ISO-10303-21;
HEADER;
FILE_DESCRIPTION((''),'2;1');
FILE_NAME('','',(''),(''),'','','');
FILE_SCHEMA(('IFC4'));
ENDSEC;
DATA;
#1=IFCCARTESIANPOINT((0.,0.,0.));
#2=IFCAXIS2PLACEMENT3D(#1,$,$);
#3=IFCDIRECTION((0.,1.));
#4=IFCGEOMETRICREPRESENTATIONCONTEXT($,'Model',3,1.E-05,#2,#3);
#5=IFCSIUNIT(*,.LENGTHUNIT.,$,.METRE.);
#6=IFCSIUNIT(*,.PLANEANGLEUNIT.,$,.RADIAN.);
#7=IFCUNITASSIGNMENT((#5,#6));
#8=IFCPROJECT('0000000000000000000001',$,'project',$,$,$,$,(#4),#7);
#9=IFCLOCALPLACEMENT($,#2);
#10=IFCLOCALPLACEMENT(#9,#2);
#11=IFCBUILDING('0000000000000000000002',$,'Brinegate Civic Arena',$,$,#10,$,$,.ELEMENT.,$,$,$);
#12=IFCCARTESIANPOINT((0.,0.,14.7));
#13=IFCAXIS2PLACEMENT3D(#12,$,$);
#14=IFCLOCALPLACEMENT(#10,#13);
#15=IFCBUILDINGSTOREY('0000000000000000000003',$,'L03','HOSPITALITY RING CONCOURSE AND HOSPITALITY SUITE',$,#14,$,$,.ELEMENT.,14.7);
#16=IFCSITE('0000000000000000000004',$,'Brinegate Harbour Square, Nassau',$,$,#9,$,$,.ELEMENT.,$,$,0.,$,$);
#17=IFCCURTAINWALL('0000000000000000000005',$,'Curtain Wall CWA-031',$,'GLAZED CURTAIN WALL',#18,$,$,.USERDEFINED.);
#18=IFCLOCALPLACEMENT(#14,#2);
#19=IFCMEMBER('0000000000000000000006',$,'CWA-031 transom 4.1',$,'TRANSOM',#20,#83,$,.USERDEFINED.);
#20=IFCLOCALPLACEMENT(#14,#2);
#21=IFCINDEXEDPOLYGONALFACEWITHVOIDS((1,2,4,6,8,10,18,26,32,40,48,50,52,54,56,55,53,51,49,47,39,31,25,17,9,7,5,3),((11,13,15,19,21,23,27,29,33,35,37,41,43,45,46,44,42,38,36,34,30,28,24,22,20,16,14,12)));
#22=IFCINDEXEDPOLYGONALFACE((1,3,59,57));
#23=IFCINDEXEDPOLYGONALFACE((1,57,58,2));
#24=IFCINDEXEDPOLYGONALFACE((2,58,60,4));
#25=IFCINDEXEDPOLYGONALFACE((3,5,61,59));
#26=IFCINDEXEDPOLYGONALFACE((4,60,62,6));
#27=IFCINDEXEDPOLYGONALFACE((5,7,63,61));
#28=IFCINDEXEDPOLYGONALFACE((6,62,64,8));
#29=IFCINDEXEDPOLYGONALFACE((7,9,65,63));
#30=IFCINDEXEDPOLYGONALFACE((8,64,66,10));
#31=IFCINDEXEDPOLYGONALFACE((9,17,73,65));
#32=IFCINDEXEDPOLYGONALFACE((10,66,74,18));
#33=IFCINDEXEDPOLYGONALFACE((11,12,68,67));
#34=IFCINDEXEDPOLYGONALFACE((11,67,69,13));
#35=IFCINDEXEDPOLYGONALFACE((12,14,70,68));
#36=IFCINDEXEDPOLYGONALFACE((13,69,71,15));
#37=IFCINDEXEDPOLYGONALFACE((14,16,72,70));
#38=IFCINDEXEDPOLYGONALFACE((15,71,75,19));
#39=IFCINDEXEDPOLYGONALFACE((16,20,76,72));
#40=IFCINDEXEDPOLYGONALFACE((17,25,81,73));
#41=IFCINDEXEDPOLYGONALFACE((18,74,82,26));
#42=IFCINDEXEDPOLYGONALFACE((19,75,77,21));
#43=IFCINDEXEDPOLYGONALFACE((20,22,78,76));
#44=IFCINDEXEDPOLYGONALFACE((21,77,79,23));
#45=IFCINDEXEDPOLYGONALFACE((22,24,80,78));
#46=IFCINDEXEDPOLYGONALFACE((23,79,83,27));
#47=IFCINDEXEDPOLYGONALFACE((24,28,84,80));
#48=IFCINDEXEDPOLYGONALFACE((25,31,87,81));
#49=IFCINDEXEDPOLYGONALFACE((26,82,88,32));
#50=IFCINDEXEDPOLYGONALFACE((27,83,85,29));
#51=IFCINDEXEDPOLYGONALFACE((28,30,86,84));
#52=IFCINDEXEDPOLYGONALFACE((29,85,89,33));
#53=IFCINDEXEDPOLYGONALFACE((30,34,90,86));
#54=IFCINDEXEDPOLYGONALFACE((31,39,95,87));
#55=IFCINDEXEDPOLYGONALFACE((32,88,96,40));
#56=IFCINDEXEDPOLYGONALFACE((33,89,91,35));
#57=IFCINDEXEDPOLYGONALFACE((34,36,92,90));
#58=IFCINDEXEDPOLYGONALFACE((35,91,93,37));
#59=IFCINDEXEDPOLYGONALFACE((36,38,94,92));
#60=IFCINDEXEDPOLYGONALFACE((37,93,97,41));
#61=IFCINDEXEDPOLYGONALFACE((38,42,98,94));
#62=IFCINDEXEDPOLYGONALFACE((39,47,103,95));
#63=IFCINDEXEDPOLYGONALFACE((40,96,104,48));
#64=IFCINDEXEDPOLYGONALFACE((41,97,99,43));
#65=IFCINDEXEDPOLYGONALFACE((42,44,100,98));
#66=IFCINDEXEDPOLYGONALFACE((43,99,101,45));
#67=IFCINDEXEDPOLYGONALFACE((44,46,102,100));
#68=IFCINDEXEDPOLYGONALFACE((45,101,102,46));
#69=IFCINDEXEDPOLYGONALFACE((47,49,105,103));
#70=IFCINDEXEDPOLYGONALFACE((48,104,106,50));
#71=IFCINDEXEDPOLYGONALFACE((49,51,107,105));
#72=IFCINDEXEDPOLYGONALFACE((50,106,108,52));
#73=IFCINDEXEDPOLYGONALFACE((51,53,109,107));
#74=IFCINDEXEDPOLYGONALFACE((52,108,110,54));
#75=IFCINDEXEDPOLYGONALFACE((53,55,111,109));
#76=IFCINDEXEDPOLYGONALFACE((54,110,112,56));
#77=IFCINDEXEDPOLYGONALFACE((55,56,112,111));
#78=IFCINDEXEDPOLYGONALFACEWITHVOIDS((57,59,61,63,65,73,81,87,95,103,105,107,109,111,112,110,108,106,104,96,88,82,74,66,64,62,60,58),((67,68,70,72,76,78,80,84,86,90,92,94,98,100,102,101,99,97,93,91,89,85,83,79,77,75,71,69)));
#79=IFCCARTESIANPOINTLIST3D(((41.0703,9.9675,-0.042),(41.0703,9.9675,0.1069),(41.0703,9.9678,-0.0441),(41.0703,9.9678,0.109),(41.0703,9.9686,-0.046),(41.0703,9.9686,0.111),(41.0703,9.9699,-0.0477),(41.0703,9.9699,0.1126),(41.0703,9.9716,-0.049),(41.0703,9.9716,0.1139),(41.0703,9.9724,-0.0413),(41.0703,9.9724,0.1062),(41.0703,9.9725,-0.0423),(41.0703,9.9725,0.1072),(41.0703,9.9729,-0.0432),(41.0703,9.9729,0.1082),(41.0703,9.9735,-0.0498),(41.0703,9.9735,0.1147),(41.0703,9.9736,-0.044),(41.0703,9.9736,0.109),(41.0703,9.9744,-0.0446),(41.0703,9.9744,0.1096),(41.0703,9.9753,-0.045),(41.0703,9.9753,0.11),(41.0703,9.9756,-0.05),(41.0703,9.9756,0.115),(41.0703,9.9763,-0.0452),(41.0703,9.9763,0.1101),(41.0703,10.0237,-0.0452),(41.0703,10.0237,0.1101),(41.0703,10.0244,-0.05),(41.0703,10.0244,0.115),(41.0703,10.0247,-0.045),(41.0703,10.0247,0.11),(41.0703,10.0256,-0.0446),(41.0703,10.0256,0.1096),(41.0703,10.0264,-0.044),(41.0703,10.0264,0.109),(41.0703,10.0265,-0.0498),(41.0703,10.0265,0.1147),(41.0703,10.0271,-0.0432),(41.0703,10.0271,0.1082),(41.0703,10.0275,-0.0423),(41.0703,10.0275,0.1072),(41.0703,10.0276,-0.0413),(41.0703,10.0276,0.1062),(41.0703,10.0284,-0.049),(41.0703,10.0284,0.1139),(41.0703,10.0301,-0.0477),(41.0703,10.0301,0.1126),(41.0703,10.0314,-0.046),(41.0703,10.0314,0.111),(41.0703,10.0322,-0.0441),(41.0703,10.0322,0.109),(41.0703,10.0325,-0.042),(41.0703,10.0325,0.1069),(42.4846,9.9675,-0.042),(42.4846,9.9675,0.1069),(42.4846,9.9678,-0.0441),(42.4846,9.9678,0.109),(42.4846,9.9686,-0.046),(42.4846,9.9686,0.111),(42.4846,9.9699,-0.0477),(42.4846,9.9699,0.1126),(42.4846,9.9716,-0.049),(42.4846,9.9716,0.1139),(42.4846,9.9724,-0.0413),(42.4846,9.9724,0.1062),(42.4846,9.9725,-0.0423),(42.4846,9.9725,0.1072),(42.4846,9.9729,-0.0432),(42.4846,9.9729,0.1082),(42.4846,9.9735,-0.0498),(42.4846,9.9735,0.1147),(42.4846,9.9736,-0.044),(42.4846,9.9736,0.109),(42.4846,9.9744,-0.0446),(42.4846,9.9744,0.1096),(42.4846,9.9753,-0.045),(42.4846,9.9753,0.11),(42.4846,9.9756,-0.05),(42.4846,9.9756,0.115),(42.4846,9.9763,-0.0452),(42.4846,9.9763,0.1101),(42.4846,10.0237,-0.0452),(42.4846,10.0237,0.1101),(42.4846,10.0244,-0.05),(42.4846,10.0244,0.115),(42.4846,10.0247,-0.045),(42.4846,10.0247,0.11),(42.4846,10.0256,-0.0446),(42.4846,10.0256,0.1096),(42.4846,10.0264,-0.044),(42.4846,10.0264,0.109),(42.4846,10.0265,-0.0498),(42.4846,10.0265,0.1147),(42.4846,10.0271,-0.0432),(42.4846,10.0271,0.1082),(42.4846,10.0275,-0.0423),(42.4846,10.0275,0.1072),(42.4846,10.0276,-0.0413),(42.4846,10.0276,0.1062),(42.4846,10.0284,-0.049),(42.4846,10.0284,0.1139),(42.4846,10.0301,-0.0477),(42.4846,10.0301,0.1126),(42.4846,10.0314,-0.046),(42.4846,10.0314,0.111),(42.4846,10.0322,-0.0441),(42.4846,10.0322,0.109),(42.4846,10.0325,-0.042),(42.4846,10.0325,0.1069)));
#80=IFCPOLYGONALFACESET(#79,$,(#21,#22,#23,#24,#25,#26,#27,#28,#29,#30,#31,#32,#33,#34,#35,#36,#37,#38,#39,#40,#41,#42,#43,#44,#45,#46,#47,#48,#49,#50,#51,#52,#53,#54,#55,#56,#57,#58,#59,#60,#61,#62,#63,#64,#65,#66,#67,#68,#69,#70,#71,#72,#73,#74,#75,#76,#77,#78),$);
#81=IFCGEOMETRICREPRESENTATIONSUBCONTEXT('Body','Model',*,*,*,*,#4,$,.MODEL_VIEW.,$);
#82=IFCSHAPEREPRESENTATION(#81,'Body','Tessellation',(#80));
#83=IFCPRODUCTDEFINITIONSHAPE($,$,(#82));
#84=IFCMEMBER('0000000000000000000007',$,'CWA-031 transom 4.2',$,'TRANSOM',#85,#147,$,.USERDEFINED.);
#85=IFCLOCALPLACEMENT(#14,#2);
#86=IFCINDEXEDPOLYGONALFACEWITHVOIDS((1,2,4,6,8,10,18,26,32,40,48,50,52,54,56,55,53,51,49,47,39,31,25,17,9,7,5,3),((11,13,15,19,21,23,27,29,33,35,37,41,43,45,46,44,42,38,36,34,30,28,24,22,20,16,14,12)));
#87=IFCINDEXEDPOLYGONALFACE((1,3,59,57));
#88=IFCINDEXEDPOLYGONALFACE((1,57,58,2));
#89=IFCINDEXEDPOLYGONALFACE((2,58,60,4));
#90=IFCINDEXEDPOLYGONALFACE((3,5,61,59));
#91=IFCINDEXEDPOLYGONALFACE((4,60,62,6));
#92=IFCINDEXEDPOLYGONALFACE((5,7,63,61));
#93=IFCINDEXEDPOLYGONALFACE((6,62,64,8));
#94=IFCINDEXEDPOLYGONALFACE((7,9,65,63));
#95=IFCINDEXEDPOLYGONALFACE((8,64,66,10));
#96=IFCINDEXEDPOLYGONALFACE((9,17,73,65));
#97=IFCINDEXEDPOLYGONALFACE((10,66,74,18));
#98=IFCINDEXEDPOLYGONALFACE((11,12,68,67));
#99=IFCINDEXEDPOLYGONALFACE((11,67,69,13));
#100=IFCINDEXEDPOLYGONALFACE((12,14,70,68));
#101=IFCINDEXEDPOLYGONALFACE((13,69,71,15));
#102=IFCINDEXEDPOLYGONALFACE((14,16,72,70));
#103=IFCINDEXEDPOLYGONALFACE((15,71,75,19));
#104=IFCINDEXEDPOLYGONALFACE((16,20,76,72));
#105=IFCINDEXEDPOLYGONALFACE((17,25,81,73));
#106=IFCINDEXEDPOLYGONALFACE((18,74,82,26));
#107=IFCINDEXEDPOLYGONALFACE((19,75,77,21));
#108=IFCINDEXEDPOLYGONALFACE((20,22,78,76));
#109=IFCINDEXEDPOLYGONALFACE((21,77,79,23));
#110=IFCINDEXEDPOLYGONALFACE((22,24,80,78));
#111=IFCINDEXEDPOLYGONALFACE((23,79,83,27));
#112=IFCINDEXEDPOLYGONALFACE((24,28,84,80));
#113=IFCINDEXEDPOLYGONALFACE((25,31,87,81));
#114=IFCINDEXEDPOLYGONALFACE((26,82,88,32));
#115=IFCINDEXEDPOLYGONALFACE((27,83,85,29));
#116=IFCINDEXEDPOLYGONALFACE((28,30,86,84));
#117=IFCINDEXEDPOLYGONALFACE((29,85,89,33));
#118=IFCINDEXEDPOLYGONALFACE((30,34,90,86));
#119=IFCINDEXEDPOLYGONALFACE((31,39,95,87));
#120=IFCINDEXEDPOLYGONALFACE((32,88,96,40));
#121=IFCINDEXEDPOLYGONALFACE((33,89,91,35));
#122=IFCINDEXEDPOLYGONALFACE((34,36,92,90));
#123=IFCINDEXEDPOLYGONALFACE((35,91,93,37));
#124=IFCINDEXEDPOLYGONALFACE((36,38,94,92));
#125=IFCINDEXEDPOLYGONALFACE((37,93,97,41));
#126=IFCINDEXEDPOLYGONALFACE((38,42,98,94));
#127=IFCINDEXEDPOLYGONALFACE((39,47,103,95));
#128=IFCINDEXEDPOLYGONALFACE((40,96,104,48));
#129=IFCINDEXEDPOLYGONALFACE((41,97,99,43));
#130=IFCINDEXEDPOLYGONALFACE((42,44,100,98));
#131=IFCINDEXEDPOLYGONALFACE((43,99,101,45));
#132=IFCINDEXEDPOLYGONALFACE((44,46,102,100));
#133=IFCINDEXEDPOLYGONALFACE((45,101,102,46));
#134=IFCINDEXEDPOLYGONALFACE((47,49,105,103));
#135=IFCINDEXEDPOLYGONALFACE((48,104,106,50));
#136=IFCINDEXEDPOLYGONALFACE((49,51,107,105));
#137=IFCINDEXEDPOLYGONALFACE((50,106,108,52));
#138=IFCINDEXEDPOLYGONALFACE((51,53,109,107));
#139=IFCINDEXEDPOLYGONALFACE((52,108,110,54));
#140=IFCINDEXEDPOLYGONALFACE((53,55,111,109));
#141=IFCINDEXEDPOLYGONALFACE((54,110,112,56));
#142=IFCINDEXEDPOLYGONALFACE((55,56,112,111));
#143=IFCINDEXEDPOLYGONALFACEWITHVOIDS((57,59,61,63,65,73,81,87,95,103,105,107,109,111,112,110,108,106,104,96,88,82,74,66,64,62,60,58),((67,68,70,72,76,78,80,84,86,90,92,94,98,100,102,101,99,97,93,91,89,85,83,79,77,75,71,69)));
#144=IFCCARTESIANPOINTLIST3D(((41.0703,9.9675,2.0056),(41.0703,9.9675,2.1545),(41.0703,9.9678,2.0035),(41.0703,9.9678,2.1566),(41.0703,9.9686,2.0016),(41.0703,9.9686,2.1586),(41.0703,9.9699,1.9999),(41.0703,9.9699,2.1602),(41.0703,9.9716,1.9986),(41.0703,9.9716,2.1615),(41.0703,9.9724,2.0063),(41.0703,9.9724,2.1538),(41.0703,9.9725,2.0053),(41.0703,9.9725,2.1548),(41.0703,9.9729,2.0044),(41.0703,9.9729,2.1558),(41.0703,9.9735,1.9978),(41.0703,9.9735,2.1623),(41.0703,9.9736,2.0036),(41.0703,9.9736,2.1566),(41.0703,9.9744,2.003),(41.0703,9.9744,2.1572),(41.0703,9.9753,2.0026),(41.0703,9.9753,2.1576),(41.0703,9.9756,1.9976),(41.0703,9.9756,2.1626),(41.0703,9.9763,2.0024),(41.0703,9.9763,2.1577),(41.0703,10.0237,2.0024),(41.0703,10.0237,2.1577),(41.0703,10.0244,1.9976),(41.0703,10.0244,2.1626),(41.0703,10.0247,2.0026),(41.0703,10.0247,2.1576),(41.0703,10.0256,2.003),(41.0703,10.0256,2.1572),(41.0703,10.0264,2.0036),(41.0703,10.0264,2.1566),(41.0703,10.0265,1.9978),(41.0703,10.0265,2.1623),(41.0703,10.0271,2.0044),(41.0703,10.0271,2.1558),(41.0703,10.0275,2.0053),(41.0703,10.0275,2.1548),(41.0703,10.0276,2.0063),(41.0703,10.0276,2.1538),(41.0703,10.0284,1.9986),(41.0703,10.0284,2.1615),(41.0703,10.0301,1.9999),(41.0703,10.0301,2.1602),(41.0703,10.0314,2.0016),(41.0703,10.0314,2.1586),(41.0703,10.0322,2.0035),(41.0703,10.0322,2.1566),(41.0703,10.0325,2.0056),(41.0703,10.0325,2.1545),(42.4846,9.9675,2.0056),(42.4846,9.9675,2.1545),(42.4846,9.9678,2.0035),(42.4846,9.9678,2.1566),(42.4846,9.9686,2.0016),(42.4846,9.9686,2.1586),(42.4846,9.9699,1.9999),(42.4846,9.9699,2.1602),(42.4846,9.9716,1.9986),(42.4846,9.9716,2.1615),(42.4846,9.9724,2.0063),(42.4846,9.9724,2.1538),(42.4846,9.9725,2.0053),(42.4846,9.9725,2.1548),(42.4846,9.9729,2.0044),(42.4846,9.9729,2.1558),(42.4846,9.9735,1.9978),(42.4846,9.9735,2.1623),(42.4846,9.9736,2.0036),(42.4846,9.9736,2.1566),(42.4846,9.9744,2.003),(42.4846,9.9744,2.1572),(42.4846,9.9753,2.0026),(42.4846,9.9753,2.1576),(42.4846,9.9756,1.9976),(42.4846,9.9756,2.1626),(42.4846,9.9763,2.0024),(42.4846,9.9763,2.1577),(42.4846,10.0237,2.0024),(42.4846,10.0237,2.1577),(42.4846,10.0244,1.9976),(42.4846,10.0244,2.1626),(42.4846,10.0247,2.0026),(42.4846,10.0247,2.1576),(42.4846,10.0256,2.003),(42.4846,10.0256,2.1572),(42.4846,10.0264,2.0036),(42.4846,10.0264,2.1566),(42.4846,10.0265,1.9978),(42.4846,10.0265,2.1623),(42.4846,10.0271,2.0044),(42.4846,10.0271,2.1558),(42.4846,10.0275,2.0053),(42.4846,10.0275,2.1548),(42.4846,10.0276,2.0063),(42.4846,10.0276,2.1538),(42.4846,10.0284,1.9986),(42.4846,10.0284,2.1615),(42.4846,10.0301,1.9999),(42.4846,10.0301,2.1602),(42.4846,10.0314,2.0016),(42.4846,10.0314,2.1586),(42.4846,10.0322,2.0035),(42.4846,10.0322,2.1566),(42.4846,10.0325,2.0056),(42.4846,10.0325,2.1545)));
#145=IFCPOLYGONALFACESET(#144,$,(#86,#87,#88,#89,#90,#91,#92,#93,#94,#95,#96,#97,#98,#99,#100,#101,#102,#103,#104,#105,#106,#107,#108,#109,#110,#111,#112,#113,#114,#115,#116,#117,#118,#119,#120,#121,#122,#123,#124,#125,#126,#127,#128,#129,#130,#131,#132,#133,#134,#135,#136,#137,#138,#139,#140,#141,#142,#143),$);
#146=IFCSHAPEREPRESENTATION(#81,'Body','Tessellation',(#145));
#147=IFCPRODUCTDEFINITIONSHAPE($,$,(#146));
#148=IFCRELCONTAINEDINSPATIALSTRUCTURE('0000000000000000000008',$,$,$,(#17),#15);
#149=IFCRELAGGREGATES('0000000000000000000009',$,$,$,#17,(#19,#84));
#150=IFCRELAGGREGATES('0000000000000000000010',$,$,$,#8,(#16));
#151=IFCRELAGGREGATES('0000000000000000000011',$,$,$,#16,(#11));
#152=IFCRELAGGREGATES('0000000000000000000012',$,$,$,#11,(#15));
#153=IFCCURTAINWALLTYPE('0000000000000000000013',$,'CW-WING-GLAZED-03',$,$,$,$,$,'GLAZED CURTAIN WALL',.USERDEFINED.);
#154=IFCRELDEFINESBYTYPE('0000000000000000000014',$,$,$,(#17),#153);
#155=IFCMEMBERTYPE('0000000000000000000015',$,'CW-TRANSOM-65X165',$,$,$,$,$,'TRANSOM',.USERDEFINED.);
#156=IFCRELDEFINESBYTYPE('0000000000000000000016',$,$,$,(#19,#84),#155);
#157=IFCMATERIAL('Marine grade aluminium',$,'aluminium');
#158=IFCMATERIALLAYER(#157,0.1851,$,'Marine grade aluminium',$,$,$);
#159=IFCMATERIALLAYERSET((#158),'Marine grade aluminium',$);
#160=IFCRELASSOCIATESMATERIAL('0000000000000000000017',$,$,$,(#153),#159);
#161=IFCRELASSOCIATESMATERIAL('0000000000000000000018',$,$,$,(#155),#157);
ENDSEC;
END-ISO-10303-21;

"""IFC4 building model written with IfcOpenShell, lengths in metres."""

from ifc_helpers import new_model, si_unit, direction, frame, origin, origin_2d, place, context, subcontext, project, spatial, hollow_rectangle, extrude, material, layer, layer_set, material_profile, profile_set, type_object, element, aggregate, save


model = new_model("IFC4")

# Units and contexts
model_context = context("Model", 3, precision=1e-05, world=origin(), true_north=direction((0.0, 1.0)))
body_context = subcontext(model_context, "Body", "Model", "MODEL_VIEW")
ifc_project = project(units=[si_unit("LENGTHUNIT", "METRE"), si_unit("PLANEANGLEUNIT", "RADIAN")], contexts=[model_context])

# Site, building, storey
site_placement = place(None, origin())
site = spatial("IfcSite", under=ifc_project, at=site_placement, Name="Brinegate Harbour Square, Nassau", CompositionType="ELEMENT", RefElevation=0.0)
building_placement = place(site_placement, origin())
building = spatial("IfcBuilding", under=site, at=building_placement, Name="Brinegate Civic Arena", CompositionType="ELEMENT")
storey_placement = place(building_placement, frame((0.0, 0.0, 14.7)))
storey = spatial("IfcBuildingStorey", under=building, at=storey_placement, Name="L03", Description="HOSPITALITY RING CONCOURSE AND HOSPITALITY SUITE", CompositionType="ELEMENT", Elevation=14.7)

# Curtain wall
ifc_material_1 = material(Name="Marine grade aluminium", Category="aluminium")
ifc_layer_1 = layer(ifc_material_1, 0.1851, Name="Marine grade aluminium")
ifc_layer_set_1 = layer_set([ifc_layer_1], Name="Marine grade aluminium")
curtain_wall_type = type_object("IfcCurtainWallType", Name="CW-WING-GLAZED-03", ElementType="GLAZED CURTAIN WALL", PredefinedType="USERDEFINED", material=ifc_layer_set_1)
curtain_wall_1_placement = place(storey_placement, origin())
curtain_wall_1 = element("IfcCurtainWall", 1, at=curtain_wall_1_placement, inside=storey, type_object=curtain_wall_type, Name="Curtain Wall CWA-031", ObjectType="GLAZED CURTAIN WALL", PredefinedType="USERDEFINED")

# Members
ifc_material_profile_1 = material_profile(ifc_material_1, hollow_rectangle(XDim=0.0649, YDim=0.165, WallThickness=0.0049, InnerFilletRadius=0.0039, OuterFilletRadius=0.0081, at=origin_2d()), Name="TRN65X165")
ifc_profile_set_1 = profile_set([ifc_material_profile_1], Name="Marine grade aluminium")
member_type_1 = type_object("IfcMemberType", Name="CW-TRANSOM-65X165", ElementType="TRANSOM", PredefinedType="USERDEFINED", material=ifc_profile_set_1)
member_1_placement = place(storey_placement, frame((41.0703, 10.0, 0.0325), z_axis=(1.0, 0.0, 0.0), x_axis=(0.0, 1.0, 0.0)))
member_1 = element("IfcMember", 2, at=member_1_placement, type_object=member_type_1, Name="CWA-031 transom 4.1", ObjectType="TRANSOM", PredefinedType="USERDEFINED", context=body_context, shape_type="SweptSolid", body=[
    extrude(hollow_rectangle(XDim=0.0649, YDim=0.165, WallThickness=0.0049, InnerFilletRadius=0.0039, OuterFilletRadius=0.0081, at=origin_2d()), origin(), (0.0, 0.0, 1.0), 1.4143),
])
member_2_placement = place(storey_placement, frame((41.0703, 10.0, 2.0801), z_axis=(1.0, 0.0, 0.0), x_axis=(0.0, 1.0, 0.0)))
member_2 = element("IfcMember", 3, at=member_2_placement, type_object=member_type_1, Name="CWA-031 transom 4.2", ObjectType="TRANSOM", PredefinedType="USERDEFINED", context=body_context, shape_type="SweptSolid", body=[
    extrude(hollow_rectangle(XDim=0.0649, YDim=0.165, WallThickness=0.0049, InnerFilletRadius=0.0039, OuterFilletRadius=0.0081, at=origin_2d()), origin(), (0.0, 0.0, 1.0), 1.4143),
])

aggregate(curtain_wall_1, [member_1, member_2])

save(model, "model.ifc")
